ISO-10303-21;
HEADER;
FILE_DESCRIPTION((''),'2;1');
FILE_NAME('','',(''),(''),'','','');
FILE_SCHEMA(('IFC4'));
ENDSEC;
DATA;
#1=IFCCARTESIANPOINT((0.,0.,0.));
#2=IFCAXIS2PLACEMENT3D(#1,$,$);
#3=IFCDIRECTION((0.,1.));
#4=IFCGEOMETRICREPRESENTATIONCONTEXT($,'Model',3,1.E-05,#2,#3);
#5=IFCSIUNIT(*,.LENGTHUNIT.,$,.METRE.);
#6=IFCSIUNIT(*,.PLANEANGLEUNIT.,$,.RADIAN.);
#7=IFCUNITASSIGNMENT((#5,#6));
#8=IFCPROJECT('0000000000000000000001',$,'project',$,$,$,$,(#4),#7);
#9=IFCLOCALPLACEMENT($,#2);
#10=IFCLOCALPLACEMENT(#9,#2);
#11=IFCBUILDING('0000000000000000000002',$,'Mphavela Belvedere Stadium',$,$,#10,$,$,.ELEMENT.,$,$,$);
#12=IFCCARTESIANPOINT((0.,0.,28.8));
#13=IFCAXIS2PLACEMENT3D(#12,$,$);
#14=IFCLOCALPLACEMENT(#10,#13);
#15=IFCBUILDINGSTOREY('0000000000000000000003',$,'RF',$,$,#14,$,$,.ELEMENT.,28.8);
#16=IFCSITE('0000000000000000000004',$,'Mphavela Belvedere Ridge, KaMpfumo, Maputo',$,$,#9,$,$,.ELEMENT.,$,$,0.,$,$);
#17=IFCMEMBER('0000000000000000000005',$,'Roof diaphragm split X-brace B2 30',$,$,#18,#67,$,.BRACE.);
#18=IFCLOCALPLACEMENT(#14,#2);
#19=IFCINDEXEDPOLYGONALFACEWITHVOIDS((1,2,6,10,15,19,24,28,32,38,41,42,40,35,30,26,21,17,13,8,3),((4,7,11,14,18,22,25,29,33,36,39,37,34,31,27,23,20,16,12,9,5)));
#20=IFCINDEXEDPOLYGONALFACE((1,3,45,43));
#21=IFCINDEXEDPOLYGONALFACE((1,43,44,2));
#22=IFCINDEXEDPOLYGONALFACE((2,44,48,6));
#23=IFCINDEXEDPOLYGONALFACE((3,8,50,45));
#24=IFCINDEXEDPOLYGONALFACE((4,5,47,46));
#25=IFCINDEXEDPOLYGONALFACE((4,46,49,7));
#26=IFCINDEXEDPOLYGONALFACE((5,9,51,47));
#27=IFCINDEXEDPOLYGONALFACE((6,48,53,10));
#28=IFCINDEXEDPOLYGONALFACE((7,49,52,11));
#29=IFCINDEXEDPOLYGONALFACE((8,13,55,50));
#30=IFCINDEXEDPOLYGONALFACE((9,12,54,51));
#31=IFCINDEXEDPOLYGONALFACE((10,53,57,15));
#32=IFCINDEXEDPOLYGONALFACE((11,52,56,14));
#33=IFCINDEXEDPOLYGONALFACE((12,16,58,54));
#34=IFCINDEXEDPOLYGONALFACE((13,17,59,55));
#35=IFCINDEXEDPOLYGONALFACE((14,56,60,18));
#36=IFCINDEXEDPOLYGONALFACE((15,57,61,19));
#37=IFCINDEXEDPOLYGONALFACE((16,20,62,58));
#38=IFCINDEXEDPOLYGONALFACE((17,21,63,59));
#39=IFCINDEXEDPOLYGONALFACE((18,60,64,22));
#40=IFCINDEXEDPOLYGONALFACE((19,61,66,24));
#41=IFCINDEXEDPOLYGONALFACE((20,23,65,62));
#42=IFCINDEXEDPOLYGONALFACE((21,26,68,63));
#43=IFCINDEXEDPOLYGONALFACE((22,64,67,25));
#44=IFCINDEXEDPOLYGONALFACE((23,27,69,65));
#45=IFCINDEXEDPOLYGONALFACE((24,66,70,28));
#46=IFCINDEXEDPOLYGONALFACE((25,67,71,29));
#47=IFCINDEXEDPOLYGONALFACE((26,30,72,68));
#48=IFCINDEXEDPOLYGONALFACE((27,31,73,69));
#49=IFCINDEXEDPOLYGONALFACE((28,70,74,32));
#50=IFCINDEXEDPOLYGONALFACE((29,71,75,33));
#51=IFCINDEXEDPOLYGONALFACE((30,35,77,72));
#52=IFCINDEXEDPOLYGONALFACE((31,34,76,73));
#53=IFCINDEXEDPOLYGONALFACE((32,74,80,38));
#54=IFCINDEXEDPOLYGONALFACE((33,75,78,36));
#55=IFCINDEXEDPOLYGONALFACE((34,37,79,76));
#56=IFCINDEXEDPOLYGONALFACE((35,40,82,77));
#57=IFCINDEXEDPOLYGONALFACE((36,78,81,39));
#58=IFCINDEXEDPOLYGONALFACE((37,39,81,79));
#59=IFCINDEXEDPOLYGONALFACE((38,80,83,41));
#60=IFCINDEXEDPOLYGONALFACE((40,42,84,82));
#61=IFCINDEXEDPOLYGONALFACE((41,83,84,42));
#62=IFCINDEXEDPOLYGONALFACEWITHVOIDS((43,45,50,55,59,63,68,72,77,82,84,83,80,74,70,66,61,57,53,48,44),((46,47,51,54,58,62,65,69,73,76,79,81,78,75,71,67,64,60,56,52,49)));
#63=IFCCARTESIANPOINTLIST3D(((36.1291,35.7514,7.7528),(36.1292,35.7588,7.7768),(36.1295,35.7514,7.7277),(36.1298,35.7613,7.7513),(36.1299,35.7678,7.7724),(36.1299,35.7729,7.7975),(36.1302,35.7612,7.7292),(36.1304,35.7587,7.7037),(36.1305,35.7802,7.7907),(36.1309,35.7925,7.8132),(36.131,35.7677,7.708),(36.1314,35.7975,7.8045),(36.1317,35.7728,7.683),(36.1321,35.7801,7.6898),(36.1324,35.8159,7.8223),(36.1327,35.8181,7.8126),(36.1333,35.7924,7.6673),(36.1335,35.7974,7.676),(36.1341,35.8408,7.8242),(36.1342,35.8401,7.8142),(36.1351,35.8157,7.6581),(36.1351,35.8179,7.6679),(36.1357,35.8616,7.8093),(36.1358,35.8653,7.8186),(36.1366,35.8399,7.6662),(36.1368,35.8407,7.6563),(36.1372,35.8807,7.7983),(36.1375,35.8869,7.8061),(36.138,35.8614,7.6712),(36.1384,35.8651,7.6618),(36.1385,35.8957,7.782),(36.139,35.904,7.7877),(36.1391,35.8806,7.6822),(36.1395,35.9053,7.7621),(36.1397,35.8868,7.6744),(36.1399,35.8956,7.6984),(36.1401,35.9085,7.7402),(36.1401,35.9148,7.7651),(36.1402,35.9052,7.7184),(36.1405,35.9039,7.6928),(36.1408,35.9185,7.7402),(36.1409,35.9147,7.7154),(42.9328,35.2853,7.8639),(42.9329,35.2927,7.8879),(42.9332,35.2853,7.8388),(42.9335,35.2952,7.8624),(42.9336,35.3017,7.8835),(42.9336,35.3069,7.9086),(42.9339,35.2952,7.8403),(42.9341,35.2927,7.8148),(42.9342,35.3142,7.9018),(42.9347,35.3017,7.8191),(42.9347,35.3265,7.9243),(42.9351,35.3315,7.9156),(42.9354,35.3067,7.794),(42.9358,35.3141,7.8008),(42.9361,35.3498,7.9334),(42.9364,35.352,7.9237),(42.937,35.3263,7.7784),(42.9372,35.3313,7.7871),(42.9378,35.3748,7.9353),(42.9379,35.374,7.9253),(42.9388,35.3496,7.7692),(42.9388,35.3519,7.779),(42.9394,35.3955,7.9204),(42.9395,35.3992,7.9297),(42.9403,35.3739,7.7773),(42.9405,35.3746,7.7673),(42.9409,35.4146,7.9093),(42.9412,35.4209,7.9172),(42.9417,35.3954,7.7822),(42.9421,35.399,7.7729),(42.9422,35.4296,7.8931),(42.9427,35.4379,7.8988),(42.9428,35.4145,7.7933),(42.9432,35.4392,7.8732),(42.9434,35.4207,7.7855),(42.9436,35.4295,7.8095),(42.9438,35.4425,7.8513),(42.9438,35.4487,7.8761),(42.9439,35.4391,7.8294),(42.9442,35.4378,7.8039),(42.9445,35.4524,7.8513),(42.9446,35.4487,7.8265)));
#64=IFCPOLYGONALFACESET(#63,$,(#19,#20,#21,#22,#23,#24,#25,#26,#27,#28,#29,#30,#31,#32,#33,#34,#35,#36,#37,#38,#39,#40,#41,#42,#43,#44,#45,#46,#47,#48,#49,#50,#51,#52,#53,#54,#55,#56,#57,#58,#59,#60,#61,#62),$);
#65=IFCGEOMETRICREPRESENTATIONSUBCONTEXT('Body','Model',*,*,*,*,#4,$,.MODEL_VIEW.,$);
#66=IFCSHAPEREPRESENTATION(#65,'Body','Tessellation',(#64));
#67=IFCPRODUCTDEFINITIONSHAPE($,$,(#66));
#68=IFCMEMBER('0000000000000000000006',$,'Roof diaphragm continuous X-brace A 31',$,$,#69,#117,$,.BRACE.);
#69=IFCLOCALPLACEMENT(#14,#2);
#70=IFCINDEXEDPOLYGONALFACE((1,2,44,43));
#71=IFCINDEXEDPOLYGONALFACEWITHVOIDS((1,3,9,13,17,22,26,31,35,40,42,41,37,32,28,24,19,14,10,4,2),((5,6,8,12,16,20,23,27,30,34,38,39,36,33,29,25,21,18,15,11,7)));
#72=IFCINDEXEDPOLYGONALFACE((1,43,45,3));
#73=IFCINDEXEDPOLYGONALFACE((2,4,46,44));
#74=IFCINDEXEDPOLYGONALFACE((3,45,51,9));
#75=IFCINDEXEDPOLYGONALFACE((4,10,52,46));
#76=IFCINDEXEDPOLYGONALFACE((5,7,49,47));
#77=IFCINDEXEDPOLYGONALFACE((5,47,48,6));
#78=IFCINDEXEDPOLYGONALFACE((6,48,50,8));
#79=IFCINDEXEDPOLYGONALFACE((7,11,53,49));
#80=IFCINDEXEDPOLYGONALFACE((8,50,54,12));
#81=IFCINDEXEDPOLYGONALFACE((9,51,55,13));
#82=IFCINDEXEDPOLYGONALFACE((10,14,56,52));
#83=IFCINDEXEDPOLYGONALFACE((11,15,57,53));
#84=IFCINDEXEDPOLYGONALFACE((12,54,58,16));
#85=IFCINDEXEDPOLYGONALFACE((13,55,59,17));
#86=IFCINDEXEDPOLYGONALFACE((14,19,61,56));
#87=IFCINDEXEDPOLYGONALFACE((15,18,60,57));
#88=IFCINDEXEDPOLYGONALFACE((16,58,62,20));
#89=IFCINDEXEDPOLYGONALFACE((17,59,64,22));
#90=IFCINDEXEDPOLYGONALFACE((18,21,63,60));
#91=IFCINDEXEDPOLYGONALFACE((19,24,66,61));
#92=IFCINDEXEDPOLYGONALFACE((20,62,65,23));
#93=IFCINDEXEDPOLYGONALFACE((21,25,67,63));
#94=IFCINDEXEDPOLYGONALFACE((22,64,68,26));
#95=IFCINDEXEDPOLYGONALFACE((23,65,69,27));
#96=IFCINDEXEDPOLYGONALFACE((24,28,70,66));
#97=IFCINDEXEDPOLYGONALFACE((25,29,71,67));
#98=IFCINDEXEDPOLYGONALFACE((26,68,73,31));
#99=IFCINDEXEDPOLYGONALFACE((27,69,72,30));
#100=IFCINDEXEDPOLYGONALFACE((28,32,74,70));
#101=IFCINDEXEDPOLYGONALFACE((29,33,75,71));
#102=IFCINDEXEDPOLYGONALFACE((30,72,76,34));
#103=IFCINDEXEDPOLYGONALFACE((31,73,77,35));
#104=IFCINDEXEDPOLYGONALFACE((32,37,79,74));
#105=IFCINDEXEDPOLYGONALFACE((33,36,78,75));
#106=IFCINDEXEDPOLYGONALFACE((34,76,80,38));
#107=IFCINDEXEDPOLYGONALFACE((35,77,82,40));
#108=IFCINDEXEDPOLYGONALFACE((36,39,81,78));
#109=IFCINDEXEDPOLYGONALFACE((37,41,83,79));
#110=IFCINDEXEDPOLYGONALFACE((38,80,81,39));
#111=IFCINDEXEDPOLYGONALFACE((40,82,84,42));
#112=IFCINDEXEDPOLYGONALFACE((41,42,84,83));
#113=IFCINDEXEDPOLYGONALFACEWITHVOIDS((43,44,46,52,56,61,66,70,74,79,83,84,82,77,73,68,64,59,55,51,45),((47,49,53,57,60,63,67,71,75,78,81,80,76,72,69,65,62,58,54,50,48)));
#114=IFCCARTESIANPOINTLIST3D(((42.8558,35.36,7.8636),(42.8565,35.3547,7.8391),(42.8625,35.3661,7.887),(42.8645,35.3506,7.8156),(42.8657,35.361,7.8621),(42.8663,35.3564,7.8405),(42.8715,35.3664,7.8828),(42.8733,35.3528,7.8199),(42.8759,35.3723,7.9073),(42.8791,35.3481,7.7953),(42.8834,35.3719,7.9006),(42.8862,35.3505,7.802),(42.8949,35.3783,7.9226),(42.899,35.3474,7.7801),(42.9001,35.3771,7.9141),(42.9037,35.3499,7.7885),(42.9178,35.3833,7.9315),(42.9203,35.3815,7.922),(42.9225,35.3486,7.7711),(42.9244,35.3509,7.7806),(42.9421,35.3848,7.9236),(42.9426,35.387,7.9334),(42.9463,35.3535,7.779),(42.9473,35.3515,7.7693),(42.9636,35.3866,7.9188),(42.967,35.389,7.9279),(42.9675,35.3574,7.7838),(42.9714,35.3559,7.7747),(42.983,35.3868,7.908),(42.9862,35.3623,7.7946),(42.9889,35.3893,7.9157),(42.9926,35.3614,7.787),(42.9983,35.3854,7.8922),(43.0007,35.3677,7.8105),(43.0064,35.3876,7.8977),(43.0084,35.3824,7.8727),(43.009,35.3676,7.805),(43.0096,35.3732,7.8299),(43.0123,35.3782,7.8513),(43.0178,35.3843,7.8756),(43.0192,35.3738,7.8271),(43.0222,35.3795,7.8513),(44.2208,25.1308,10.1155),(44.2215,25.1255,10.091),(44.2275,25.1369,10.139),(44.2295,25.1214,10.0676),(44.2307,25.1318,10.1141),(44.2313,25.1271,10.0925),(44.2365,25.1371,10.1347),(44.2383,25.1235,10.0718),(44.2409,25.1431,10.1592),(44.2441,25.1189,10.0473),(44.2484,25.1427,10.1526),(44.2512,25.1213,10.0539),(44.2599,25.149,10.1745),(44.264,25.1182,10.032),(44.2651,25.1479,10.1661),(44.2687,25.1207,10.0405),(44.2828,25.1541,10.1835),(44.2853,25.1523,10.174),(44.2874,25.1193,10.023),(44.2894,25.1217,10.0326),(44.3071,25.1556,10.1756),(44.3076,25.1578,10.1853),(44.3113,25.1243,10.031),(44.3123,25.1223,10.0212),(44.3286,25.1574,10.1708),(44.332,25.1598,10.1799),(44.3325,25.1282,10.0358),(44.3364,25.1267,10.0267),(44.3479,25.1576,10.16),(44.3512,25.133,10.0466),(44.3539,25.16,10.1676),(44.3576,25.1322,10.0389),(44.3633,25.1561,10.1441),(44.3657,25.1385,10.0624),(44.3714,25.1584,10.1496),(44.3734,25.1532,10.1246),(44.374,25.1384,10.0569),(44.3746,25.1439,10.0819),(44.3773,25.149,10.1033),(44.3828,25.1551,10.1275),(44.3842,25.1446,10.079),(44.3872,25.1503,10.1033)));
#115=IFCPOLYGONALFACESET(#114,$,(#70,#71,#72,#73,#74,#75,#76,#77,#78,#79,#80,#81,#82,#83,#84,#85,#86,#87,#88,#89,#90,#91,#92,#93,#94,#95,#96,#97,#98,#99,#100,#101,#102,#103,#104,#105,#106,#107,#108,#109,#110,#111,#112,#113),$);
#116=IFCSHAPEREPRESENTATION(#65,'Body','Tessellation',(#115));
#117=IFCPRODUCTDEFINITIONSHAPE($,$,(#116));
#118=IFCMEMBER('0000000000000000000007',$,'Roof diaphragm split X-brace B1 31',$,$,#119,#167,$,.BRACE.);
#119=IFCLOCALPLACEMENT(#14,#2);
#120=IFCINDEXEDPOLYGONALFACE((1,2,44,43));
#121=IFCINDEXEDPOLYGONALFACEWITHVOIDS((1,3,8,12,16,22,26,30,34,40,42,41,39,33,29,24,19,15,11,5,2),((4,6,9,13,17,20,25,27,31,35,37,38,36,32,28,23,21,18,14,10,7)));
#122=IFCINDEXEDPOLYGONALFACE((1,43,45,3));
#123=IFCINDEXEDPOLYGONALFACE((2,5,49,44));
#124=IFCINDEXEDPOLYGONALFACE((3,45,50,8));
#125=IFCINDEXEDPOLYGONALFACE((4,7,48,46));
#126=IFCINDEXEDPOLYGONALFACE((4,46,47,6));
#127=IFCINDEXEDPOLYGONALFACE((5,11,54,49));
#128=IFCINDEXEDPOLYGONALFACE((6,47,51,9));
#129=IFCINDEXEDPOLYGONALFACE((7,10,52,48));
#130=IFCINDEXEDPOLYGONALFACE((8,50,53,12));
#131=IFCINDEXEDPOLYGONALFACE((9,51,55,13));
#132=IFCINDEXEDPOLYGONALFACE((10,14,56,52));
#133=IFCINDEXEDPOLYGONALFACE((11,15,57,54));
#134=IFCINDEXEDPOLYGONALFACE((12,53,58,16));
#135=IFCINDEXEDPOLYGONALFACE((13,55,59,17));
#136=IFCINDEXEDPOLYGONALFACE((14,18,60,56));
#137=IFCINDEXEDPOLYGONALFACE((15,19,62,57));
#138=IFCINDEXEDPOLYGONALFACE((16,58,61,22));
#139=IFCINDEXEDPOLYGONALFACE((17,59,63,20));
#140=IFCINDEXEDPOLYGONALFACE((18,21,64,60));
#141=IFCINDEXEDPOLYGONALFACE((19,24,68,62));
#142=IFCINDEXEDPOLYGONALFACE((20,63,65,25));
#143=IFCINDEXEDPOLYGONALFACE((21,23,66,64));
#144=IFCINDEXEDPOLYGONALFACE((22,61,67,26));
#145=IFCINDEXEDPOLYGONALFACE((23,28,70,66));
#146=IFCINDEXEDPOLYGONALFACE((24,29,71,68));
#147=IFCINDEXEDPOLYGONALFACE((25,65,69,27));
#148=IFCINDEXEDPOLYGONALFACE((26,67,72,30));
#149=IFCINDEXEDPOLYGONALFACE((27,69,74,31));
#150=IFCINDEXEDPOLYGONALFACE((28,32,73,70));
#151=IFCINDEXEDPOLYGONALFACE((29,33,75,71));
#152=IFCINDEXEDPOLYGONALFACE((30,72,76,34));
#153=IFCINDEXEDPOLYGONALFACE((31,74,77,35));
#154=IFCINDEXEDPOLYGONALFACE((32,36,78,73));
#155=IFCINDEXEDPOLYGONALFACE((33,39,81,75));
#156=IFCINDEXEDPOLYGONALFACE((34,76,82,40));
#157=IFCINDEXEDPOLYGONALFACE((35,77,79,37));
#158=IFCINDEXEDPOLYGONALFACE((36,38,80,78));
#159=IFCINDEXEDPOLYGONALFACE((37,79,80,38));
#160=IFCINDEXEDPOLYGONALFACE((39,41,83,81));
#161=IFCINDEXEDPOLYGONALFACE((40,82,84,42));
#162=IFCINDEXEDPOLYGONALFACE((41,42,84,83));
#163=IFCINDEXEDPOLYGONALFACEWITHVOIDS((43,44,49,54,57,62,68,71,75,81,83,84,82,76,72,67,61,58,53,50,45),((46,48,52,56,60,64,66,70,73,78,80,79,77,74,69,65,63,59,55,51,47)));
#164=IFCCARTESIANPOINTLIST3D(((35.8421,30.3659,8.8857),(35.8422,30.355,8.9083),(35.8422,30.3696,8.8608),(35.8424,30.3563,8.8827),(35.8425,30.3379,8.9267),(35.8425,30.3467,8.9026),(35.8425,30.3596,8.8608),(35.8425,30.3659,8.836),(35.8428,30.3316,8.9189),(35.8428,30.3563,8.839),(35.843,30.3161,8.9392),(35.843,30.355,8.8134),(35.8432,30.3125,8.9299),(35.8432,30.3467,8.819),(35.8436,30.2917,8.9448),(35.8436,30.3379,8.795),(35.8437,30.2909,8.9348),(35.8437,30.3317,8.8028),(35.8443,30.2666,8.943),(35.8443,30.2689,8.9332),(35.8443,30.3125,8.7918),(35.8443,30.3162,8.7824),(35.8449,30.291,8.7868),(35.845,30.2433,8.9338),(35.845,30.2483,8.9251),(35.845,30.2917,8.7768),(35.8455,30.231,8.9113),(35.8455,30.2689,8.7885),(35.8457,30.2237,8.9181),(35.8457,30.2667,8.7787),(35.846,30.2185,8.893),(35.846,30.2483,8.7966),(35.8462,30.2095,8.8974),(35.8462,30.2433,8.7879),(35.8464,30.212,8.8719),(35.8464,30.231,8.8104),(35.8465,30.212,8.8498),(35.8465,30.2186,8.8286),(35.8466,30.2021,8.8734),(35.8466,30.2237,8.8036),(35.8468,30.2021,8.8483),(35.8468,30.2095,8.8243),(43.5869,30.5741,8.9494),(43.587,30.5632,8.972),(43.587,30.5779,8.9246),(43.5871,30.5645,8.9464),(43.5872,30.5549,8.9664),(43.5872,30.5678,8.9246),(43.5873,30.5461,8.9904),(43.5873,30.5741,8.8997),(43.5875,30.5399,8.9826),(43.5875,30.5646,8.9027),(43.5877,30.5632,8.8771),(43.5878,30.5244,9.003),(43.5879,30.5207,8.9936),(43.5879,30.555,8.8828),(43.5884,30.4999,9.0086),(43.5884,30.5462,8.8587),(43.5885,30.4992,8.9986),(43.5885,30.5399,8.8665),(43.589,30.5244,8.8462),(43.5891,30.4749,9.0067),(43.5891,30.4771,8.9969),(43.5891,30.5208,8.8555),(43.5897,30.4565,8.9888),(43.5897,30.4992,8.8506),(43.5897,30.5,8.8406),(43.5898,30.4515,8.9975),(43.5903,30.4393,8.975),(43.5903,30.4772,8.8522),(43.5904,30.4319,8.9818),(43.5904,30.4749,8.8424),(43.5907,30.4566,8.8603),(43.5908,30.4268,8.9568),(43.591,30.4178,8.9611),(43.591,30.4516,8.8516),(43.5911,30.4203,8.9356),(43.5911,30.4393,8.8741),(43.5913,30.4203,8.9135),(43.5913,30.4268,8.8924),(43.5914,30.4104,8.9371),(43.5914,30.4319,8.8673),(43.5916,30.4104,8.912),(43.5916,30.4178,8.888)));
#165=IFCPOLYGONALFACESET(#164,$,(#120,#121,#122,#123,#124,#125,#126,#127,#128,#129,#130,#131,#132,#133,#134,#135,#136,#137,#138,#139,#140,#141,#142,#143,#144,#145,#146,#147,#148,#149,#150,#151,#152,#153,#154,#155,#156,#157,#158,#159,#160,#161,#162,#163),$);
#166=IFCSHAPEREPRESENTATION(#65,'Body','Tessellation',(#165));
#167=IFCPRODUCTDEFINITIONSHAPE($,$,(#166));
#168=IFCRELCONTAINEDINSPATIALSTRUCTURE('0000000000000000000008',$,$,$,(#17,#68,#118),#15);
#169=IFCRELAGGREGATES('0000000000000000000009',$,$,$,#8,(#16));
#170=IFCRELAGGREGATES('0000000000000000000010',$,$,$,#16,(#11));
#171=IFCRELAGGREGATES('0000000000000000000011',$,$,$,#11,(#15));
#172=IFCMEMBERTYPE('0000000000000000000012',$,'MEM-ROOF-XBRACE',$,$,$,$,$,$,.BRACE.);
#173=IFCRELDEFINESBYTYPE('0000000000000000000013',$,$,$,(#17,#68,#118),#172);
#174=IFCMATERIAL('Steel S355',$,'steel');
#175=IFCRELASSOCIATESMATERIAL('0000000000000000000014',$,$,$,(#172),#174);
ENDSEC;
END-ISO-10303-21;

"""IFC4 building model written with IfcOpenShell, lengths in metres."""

from ifc_helpers import new_model, si_unit, direction, frame, origin, origin_2d, place, context, subcontext, project, spatial, hollow_circle, extrude, material, material_profile, profile_set, type_object, element, save


model = new_model("IFC4")

# Units and contexts
model_context = context("Model", 3, precision=1e-05, world=origin(), true_north=direction((0.0, 1.0)))
body_context = subcontext(model_context, "Body", "Model", "MODEL_VIEW")
ifc_project = project(units=[si_unit("LENGTHUNIT", "METRE"), si_unit("PLANEANGLEUNIT", "RADIAN")], contexts=[model_context])

# Site, building, storey
site_placement = place(None, origin())
site = spatial("IfcSite", under=ifc_project, at=site_placement, Name="Mphavela Belvedere Ridge, KaMpfumo, Maputo", CompositionType="ELEMENT", RefElevation=0.0)
building_placement = place(site_placement, origin())
building = spatial("IfcBuilding", under=site, at=building_placement, Name="Mphavela Belvedere Stadium", CompositionType="ELEMENT")
storey_placement = place(building_placement, frame((0.0, 0.0, 28.8)))
storey = spatial("IfcBuildingStorey", under=building, at=storey_placement, Name="RF", CompositionType="ELEMENT", Elevation=28.8)

# Members
ifc_material_1 = material(Name="Steel S355", Category="steel")
ifc_material_profile_1 = material_profile(ifc_material_1, hollow_circle(Radius=0.0842, WallThickness=0.01, at=origin_2d()), Name="CHS 168.3x10")
ifc_profile_set_1 = profile_set([ifc_material_profile_1], Name="Steel S355")
member_type_1 = type_object("IfcMemberType", Name="MEM-ROOF-XBRACE", PredefinedType="BRACE", material=ifc_profile_set_1)
member_1_placement = place(storey_placement, frame((36.135, 35.8345, 7.7402), z_axis=(0.99753, -0.068332, 0.016287), x_axis=(0.068341, 0.997662, 0.0)))
element("IfcMember", 1, at=member_1_placement, inside=storey, type_object=member_type_1, Name="Roof diaphragm split X-brace B2 30", PredefinedType="BRACE", context=body_context, shape_type="SweptSolid", body=[
    extrude(hollow_circle(Radius=0.0842, WallThickness=0.01, at=origin_2d()), origin(), (0.0, 0.0, 1.0), 6.8206),
])
member_2_placement = place(storey_placement, frame((42.9387, 35.3684, 7.8513), z_axis=(0.129227, -0.968425, 0.213197), x_axis=(0.991214, 0.132268, 0.0)))
element("IfcMember", 2, at=member_2_placement, inside=storey, type_object=member_type_1, Name="Roof diaphragm continuous X-brace A 31", PredefinedType="BRACE", context=body_context, shape_type="SweptSolid", body=[
    extrude(hollow_circle(Radius=0.0842, WallThickness=0.01, at=origin_2d()), origin(), (0.0, 0.0, 1.0), 10.5627),
])
member_3_placement = place(storey_placement, frame((35.8445, 30.2854, 8.8608), z_axis=(0.999605, 0.026879, 0.008224), x_axis=(-0.02688, 0.999639, 0.0)))
element("IfcMember", 3, at=member_3_placement, inside=storey, type_object=member_type_1, Name="Roof diaphragm split X-brace B1 31", PredefinedType="BRACE", context=body_context, shape_type="SweptSolid", body=[
    extrude(hollow_circle(Radius=0.0842, WallThickness=0.01, at=origin_2d()), origin(), (0.0, 0.0, 1.0), 7.7478),
])

save(model, "model.ifc")
